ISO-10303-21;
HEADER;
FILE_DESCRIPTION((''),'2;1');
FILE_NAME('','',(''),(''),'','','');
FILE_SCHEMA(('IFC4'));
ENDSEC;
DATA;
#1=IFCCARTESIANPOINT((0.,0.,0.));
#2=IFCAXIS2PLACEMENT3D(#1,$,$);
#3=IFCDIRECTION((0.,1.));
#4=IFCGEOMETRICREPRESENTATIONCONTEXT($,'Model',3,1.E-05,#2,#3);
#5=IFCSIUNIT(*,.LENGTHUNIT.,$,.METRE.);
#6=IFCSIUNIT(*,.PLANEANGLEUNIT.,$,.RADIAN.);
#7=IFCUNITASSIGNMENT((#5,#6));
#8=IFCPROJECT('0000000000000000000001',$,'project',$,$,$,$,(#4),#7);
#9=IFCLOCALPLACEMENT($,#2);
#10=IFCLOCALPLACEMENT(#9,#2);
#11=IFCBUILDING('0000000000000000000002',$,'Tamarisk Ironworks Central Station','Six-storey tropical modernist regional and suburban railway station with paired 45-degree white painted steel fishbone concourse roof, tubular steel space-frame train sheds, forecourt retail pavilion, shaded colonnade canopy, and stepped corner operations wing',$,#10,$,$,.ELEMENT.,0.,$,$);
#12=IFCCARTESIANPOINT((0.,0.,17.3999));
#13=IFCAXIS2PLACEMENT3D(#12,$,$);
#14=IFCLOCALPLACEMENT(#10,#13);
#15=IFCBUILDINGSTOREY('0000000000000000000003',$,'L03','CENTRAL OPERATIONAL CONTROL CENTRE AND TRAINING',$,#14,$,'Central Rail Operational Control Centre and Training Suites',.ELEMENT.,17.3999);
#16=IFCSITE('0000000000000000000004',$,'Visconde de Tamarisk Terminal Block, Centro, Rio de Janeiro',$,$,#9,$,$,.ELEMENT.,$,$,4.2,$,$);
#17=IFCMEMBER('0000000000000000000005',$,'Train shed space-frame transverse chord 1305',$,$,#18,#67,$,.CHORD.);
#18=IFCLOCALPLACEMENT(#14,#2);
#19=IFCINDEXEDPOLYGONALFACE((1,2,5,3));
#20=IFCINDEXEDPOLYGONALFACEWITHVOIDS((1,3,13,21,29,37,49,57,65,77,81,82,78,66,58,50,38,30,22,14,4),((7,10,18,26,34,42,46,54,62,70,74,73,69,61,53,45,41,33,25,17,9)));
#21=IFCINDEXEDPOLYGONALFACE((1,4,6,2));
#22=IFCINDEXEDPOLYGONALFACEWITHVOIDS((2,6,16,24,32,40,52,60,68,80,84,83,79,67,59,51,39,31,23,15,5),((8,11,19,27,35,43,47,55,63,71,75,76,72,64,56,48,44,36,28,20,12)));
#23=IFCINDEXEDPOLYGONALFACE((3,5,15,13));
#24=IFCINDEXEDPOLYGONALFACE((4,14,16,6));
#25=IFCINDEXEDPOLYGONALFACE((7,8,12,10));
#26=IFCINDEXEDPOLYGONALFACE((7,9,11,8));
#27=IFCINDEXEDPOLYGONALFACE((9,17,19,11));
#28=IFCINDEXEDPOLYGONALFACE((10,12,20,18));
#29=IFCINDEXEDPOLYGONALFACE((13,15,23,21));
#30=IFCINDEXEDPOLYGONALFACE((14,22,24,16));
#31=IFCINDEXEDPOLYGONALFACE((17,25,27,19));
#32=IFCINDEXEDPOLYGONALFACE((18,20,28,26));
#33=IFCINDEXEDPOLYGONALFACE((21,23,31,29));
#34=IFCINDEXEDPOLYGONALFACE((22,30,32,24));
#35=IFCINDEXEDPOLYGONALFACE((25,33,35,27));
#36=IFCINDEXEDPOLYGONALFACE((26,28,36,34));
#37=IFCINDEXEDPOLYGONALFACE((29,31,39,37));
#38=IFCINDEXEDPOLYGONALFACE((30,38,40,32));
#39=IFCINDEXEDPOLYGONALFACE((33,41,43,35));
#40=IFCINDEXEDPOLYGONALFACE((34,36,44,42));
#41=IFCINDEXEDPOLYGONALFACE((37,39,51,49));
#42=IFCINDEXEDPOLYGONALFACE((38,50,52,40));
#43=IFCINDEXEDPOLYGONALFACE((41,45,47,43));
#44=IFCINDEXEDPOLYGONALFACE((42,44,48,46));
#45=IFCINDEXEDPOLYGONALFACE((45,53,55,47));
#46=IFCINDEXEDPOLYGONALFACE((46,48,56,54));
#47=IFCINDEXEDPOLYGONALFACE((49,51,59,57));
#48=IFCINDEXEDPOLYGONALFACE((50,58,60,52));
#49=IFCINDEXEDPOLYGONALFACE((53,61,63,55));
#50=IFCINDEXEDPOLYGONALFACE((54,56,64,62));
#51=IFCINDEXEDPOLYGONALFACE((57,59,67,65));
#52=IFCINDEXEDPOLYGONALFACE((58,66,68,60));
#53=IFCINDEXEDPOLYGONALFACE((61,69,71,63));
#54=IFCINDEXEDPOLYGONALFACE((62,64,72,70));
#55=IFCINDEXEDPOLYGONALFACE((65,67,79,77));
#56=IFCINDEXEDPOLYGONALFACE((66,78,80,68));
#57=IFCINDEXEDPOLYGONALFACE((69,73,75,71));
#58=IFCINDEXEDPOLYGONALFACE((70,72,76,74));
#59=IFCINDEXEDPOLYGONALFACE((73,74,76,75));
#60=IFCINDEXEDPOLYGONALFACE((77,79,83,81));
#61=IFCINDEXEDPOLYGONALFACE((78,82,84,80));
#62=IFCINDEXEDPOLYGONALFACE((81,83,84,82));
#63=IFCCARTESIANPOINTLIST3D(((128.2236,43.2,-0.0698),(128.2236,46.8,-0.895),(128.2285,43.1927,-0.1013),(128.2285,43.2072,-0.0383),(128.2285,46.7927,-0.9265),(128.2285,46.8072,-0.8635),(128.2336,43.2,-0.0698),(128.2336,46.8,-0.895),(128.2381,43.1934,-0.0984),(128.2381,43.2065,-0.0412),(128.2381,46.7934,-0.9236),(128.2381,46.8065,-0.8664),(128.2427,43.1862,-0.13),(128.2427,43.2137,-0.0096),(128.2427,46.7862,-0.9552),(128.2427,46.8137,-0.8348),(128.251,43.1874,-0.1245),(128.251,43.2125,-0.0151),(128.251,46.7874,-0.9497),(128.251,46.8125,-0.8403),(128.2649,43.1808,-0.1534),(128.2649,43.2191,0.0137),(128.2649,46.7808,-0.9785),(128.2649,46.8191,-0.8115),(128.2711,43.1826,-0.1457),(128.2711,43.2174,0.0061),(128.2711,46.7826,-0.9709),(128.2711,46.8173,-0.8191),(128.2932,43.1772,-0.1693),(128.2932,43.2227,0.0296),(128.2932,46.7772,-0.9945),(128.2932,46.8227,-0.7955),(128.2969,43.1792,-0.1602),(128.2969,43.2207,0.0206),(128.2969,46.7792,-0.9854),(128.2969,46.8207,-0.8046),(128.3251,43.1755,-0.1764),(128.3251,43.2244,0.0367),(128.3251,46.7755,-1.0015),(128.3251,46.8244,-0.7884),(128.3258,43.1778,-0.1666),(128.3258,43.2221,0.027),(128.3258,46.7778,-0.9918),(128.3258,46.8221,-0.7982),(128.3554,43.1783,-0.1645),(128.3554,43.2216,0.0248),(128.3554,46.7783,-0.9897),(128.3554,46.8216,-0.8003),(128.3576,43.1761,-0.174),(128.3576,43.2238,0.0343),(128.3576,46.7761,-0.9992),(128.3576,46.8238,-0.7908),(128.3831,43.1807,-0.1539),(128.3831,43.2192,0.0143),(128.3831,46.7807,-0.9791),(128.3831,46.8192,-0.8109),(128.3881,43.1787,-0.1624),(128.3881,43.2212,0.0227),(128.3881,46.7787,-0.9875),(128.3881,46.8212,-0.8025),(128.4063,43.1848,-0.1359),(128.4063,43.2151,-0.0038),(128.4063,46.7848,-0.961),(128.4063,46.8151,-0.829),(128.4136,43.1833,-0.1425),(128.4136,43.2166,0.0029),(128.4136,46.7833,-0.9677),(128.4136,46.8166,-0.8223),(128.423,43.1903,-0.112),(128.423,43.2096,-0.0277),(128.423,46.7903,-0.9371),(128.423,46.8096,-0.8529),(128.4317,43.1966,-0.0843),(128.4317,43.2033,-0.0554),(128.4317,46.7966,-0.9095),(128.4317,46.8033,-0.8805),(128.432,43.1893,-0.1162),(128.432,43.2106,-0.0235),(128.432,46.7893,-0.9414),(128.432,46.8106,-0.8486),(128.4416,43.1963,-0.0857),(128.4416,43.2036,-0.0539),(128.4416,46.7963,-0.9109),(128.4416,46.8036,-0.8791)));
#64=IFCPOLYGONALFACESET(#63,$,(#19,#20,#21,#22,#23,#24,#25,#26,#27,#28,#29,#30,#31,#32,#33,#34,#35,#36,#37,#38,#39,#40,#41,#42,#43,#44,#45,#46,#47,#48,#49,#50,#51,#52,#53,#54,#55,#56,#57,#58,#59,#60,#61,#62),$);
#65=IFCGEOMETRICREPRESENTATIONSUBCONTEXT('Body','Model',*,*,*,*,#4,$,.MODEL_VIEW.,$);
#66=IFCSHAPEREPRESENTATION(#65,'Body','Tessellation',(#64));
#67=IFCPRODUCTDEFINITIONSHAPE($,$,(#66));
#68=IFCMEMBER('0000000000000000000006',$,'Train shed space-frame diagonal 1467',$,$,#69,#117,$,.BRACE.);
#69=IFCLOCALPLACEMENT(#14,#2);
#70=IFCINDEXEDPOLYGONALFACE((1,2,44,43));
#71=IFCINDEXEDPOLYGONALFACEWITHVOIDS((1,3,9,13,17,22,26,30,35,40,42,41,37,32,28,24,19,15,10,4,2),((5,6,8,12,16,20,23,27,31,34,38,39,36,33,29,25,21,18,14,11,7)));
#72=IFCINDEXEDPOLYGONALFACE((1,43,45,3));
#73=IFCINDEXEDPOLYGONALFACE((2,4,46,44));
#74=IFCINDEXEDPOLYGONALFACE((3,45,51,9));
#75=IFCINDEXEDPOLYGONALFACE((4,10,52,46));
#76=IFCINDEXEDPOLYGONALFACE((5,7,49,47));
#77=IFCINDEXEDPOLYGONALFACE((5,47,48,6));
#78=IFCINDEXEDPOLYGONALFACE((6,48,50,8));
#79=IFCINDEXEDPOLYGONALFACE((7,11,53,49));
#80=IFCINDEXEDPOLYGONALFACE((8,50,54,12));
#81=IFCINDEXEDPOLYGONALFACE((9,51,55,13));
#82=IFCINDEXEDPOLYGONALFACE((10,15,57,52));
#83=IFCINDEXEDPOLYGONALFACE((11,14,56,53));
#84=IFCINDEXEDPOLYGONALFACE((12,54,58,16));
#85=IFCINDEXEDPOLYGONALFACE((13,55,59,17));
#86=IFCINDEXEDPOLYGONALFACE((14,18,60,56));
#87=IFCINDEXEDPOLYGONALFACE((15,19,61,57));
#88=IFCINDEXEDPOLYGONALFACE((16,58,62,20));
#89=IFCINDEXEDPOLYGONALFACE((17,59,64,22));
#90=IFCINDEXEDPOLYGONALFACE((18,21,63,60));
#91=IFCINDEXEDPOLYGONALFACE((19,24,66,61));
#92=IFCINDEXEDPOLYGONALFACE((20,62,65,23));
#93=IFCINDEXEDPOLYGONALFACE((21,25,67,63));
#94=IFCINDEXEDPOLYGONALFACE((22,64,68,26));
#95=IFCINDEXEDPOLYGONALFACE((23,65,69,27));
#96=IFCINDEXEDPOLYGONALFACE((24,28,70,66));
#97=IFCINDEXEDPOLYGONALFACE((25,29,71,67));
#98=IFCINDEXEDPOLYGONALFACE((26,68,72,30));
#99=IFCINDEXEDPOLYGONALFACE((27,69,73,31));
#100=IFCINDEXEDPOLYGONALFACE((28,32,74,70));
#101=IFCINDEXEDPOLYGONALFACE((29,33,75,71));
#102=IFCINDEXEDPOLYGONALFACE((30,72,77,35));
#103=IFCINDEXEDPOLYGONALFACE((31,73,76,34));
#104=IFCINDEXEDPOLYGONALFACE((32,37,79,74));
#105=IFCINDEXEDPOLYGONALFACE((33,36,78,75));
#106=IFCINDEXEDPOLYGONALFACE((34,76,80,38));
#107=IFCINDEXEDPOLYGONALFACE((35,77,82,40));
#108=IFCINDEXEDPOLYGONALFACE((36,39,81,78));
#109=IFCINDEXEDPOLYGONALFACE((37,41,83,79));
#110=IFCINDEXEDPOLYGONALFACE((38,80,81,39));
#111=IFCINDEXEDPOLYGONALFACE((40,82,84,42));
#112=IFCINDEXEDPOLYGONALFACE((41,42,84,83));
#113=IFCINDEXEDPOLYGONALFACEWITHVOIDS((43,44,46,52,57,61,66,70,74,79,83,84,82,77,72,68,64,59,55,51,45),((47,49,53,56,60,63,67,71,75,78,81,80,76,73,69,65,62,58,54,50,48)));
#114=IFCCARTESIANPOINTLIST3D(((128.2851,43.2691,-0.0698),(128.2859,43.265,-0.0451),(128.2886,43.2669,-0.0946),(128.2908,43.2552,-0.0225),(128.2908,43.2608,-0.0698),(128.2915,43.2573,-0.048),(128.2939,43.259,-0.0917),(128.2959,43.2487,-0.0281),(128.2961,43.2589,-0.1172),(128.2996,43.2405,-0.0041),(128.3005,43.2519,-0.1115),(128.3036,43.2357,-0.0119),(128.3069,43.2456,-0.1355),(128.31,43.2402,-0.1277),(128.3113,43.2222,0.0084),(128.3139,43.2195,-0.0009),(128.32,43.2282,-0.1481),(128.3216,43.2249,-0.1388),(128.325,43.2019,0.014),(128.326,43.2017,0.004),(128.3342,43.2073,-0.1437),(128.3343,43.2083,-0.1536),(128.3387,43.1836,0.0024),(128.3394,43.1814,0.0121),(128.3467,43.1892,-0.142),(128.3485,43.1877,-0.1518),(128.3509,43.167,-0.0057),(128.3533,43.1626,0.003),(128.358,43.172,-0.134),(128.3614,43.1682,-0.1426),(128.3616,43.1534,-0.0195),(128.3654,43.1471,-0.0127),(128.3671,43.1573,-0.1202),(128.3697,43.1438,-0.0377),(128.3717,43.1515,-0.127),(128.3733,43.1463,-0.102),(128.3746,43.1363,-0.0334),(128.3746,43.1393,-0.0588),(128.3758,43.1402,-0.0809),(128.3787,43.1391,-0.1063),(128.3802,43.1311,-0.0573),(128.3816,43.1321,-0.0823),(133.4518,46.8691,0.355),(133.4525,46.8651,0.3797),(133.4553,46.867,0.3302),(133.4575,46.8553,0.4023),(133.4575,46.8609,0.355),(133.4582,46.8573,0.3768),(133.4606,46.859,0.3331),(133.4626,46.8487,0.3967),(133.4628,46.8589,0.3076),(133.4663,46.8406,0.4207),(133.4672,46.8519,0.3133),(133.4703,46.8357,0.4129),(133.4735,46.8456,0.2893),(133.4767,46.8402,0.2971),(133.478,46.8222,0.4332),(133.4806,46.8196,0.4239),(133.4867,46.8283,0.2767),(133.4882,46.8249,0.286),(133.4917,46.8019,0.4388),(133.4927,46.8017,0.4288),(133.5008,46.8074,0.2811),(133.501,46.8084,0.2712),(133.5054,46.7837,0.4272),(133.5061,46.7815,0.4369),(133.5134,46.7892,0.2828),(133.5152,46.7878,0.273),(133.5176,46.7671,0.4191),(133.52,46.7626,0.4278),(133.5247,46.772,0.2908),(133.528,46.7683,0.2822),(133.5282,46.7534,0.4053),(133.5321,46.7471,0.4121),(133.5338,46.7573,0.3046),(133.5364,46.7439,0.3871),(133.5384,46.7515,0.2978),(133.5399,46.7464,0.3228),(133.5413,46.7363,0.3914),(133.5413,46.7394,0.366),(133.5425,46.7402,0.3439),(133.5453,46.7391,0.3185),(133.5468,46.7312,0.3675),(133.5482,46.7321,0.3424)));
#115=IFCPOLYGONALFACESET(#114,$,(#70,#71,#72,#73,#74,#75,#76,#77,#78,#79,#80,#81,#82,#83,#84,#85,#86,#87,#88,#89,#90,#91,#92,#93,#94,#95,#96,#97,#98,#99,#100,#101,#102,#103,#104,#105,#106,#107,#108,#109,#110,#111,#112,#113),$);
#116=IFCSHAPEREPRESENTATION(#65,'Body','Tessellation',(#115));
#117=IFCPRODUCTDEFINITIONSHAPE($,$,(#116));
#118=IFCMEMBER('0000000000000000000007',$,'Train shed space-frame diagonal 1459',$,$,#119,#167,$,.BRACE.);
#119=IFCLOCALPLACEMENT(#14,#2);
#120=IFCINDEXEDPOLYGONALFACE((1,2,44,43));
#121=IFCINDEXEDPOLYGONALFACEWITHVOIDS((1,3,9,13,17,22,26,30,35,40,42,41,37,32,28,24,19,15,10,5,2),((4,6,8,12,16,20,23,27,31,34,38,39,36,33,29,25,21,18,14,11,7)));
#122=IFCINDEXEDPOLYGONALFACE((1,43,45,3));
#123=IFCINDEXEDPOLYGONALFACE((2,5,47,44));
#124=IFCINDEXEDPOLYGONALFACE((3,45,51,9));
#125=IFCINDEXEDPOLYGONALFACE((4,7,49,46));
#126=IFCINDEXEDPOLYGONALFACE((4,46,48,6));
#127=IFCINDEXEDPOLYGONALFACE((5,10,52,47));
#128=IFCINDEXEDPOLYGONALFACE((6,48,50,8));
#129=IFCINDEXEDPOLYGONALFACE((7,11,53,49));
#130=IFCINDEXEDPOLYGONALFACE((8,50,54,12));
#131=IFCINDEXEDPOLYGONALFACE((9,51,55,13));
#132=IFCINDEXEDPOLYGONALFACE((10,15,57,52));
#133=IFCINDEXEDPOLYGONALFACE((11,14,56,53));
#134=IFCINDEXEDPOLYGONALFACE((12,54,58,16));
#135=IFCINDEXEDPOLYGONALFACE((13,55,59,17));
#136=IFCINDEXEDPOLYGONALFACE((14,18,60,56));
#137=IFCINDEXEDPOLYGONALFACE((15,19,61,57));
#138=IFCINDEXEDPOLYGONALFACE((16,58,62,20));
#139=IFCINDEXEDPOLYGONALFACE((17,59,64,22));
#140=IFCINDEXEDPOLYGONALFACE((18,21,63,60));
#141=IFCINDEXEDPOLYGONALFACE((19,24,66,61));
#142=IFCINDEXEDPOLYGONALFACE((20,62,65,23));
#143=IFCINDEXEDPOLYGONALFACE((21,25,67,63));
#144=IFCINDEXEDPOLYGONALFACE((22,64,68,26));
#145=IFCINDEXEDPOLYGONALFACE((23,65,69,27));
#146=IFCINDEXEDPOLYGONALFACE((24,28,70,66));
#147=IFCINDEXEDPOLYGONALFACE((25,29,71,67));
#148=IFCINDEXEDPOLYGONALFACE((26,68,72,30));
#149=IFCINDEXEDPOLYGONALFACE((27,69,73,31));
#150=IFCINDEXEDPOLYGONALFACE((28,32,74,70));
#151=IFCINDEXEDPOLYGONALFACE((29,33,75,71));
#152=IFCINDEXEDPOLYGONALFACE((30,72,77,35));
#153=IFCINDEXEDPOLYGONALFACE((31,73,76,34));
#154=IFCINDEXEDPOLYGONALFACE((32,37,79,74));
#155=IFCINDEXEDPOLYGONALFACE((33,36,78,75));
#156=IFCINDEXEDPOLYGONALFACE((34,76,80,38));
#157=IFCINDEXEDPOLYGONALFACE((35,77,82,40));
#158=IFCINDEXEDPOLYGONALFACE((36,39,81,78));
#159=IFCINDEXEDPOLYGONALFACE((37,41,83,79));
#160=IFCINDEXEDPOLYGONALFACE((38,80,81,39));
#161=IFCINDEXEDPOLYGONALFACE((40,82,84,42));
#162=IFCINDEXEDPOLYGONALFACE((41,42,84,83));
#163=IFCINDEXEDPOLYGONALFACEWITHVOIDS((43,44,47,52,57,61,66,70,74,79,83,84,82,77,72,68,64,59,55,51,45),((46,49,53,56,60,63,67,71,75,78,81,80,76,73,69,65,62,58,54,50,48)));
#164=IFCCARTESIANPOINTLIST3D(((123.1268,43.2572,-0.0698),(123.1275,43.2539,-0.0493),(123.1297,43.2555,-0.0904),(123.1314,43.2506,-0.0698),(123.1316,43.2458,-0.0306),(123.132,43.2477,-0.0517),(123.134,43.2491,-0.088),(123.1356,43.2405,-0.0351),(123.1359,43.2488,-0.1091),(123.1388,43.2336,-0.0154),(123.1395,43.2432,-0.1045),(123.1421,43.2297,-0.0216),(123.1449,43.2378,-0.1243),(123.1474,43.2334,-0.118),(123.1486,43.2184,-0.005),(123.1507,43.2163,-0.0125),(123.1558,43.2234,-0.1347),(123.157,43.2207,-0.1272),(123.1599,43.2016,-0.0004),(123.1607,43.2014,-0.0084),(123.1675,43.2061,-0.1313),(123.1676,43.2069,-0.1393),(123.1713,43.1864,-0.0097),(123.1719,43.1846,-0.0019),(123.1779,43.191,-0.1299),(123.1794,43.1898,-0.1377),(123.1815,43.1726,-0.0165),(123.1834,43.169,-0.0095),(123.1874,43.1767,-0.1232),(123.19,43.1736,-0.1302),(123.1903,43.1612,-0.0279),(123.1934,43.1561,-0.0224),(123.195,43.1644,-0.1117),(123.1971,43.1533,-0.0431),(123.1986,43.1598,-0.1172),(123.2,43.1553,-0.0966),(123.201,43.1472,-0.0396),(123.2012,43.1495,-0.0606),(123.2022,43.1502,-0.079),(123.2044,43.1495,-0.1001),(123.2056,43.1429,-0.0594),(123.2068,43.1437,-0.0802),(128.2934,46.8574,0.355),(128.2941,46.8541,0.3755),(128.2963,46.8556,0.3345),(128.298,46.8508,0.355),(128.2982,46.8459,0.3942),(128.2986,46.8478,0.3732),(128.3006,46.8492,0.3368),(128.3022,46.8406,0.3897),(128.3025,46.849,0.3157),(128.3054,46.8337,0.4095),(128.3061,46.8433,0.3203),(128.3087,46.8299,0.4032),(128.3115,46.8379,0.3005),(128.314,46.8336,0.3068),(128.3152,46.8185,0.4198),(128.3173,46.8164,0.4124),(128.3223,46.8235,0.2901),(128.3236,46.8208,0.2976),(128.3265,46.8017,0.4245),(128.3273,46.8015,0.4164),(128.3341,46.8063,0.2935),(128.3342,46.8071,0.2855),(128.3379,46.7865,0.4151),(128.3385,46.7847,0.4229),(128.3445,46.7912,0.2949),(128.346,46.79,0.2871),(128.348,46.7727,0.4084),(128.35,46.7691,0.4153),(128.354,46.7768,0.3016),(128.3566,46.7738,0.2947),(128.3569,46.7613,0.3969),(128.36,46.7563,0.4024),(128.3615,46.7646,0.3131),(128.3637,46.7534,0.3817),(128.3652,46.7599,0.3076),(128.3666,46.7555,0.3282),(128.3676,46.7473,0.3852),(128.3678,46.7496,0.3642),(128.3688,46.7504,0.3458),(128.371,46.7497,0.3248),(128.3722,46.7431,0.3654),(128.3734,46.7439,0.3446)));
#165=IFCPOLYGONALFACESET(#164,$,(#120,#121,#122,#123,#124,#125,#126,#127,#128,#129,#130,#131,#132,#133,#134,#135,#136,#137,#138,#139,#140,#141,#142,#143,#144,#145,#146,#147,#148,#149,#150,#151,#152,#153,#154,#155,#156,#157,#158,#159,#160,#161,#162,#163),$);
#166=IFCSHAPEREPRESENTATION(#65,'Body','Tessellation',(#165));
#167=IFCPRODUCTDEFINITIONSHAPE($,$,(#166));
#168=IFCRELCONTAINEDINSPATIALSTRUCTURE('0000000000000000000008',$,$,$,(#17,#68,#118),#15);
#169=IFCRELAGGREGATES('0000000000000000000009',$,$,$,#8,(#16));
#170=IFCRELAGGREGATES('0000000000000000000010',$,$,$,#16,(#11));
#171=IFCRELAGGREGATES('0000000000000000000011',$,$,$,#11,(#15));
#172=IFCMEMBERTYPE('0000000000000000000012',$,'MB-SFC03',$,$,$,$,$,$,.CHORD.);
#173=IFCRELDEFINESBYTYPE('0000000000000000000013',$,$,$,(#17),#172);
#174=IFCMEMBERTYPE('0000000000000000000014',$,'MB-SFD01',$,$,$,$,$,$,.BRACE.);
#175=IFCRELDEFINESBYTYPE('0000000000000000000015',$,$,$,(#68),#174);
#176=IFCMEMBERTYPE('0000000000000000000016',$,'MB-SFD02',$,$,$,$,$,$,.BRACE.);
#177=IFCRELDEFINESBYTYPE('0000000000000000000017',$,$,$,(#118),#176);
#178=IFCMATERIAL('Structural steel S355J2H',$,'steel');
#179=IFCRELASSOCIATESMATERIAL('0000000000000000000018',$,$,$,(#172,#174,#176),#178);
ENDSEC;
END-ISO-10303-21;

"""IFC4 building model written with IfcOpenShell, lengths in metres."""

from ifc_helpers import new_model, si_unit, direction, frame, origin, origin_2d, place, context, subcontext, project, spatial, hollow_circle, extrude, material, material_profile, profile_set, type_object, element, save


model = new_model("IFC4")

# Units and contexts
model_context = context("Model", 3, precision=1e-05, world=origin(), true_north=direction((0.0, 1.0)))
body_context = subcontext(model_context, "Body", "Model", "MODEL_VIEW")
ifc_project = project(units=[si_unit("LENGTHUNIT", "METRE"), si_unit("PLANEANGLEUNIT", "RADIAN")], contexts=[model_context])

# Site, building, storey
site_placement = place(None, origin())
site = spatial("IfcSite", under=ifc_project, at=site_placement, Name="Visconde de Tamarisk Terminal Block, Centro, Rio de Janeiro", CompositionType="ELEMENT", RefElevation=4.2)
building_placement = place(site_placement, origin())
building = spatial("IfcBuilding", under=site, at=building_placement, Name="Tamarisk Ironworks Central Station", Description="Six-storey tropical modernist regional and suburban railway station with paired 45-degree white painted steel fishbone concourse roof, tubular steel space-frame train sheds, forecourt retail pavilion, shaded colonnade canopy, and stepped corner operations wing", CompositionType="ELEMENT", ElevationOfRefHeight=0.0)
storey_placement = place(building_placement, frame((0.0, 0.0, 17.3999)))
storey = spatial("IfcBuildingStorey", under=building, at=storey_placement, Name="L03", Description="CENTRAL OPERATIONAL CONTROL CENTRE AND TRAINING", LongName="Central Rail Operational Control Centre and Training Suites", CompositionType="ELEMENT", Elevation=17.3999)

# Members
ifc_material_1 = material(Name="Structural steel S355J2H", Category="steel")
ifc_material_profile_1 = material_profile(ifc_material_1, hollow_circle(Radius=0.1096, WallThickness=0.01, at=origin_2d()), Name="CHS 219.1x10")
ifc_profile_set_1 = profile_set([ifc_material_profile_1], Name="Structural steel S355J2H")
member_type_1 = type_object("IfcMemberType", Name="MB-SFC03", PredefinedType="CHORD", material=ifc_profile_set_1)
member_1_placement = place(storey_placement, frame((128.3333, 43.2, -0.0698), z_axis=(0.0, 0.974722, -0.223421), x_axis=(-1.0, 0.0, 0.0)))
element("IfcMember", 1, at=member_1_placement, inside=storey, type_object=member_type_1, Name="Train shed space-frame transverse chord 1305", PredefinedType="CHORD", context=body_context, shape_type="SweptSolid", body=[
    extrude(hollow_circle(Radius=0.1096, WallThickness=0.01, at=origin_2d()), origin(), (0.0, 0.0, 1.0), 3.6934),
])
ifc_material_profile_2 = material_profile(ifc_material_1, hollow_circle(Radius=0.0842, WallThickness=0.01, at=origin_2d()), Name="CHS 168.3x10")
ifc_profile_set_2 = profile_set([ifc_material_profile_2], Name="Structural steel S355J2H")
member_type_2 = type_object("IfcMemberType", Name="MB-SFD01", PredefinedType="BRACE", material=ifc_profile_set_2)
member_2_placement = place(storey_placement, frame((128.3333, 43.2, -0.0698), z_axis=(0.81861, 0.570393, 0.067305), x_axis=(-0.571689, 0.82047, 0.0)))
element("IfcMember", 2, at=member_2_placement, inside=storey, type_object=member_type_2, Name="Train shed space-frame diagonal 1467", PredefinedType="BRACE", context=body_context, shape_type="SweptSolid", body=[
    extrude(hollow_circle(Radius=0.0842, WallThickness=0.01, at=origin_2d()), origin(), (0.0, 0.0, 1.0), 6.3115),
])
ifc_material_profile_3 = material_profile(ifc_material_1, hollow_circle(Radius=0.0698, WallThickness=0.0081, at=origin_2d()), Name="CHS 139.7x8")
ifc_profile_set_3 = profile_set([ifc_material_profile_3], Name="Structural steel S355J2H")
member_type_3 = type_object("IfcMemberType", Name="MB-SFD02", PredefinedType="BRACE", material=ifc_profile_set_3)
member_3_placement = place(storey_placement, frame((123.1667, 43.2, -0.0698), z_axis=(0.818597, 0.570411, 0.067307), x_axis=(-0.571707, 0.820458, 0.0)))
element("IfcMember", 3, at=member_3_placement, inside=storey, type_object=member_type_3, Name="Train shed space-frame diagonal 1459", PredefinedType="BRACE", context=body_context, shape_type="SweptSolid", body=[
    extrude(hollow_circle(Radius=0.0698, WallThickness=0.0081, at=origin_2d()), origin(), (0.0, 0.0, 1.0), 6.3115),
])

save(model, "model.ifc")
